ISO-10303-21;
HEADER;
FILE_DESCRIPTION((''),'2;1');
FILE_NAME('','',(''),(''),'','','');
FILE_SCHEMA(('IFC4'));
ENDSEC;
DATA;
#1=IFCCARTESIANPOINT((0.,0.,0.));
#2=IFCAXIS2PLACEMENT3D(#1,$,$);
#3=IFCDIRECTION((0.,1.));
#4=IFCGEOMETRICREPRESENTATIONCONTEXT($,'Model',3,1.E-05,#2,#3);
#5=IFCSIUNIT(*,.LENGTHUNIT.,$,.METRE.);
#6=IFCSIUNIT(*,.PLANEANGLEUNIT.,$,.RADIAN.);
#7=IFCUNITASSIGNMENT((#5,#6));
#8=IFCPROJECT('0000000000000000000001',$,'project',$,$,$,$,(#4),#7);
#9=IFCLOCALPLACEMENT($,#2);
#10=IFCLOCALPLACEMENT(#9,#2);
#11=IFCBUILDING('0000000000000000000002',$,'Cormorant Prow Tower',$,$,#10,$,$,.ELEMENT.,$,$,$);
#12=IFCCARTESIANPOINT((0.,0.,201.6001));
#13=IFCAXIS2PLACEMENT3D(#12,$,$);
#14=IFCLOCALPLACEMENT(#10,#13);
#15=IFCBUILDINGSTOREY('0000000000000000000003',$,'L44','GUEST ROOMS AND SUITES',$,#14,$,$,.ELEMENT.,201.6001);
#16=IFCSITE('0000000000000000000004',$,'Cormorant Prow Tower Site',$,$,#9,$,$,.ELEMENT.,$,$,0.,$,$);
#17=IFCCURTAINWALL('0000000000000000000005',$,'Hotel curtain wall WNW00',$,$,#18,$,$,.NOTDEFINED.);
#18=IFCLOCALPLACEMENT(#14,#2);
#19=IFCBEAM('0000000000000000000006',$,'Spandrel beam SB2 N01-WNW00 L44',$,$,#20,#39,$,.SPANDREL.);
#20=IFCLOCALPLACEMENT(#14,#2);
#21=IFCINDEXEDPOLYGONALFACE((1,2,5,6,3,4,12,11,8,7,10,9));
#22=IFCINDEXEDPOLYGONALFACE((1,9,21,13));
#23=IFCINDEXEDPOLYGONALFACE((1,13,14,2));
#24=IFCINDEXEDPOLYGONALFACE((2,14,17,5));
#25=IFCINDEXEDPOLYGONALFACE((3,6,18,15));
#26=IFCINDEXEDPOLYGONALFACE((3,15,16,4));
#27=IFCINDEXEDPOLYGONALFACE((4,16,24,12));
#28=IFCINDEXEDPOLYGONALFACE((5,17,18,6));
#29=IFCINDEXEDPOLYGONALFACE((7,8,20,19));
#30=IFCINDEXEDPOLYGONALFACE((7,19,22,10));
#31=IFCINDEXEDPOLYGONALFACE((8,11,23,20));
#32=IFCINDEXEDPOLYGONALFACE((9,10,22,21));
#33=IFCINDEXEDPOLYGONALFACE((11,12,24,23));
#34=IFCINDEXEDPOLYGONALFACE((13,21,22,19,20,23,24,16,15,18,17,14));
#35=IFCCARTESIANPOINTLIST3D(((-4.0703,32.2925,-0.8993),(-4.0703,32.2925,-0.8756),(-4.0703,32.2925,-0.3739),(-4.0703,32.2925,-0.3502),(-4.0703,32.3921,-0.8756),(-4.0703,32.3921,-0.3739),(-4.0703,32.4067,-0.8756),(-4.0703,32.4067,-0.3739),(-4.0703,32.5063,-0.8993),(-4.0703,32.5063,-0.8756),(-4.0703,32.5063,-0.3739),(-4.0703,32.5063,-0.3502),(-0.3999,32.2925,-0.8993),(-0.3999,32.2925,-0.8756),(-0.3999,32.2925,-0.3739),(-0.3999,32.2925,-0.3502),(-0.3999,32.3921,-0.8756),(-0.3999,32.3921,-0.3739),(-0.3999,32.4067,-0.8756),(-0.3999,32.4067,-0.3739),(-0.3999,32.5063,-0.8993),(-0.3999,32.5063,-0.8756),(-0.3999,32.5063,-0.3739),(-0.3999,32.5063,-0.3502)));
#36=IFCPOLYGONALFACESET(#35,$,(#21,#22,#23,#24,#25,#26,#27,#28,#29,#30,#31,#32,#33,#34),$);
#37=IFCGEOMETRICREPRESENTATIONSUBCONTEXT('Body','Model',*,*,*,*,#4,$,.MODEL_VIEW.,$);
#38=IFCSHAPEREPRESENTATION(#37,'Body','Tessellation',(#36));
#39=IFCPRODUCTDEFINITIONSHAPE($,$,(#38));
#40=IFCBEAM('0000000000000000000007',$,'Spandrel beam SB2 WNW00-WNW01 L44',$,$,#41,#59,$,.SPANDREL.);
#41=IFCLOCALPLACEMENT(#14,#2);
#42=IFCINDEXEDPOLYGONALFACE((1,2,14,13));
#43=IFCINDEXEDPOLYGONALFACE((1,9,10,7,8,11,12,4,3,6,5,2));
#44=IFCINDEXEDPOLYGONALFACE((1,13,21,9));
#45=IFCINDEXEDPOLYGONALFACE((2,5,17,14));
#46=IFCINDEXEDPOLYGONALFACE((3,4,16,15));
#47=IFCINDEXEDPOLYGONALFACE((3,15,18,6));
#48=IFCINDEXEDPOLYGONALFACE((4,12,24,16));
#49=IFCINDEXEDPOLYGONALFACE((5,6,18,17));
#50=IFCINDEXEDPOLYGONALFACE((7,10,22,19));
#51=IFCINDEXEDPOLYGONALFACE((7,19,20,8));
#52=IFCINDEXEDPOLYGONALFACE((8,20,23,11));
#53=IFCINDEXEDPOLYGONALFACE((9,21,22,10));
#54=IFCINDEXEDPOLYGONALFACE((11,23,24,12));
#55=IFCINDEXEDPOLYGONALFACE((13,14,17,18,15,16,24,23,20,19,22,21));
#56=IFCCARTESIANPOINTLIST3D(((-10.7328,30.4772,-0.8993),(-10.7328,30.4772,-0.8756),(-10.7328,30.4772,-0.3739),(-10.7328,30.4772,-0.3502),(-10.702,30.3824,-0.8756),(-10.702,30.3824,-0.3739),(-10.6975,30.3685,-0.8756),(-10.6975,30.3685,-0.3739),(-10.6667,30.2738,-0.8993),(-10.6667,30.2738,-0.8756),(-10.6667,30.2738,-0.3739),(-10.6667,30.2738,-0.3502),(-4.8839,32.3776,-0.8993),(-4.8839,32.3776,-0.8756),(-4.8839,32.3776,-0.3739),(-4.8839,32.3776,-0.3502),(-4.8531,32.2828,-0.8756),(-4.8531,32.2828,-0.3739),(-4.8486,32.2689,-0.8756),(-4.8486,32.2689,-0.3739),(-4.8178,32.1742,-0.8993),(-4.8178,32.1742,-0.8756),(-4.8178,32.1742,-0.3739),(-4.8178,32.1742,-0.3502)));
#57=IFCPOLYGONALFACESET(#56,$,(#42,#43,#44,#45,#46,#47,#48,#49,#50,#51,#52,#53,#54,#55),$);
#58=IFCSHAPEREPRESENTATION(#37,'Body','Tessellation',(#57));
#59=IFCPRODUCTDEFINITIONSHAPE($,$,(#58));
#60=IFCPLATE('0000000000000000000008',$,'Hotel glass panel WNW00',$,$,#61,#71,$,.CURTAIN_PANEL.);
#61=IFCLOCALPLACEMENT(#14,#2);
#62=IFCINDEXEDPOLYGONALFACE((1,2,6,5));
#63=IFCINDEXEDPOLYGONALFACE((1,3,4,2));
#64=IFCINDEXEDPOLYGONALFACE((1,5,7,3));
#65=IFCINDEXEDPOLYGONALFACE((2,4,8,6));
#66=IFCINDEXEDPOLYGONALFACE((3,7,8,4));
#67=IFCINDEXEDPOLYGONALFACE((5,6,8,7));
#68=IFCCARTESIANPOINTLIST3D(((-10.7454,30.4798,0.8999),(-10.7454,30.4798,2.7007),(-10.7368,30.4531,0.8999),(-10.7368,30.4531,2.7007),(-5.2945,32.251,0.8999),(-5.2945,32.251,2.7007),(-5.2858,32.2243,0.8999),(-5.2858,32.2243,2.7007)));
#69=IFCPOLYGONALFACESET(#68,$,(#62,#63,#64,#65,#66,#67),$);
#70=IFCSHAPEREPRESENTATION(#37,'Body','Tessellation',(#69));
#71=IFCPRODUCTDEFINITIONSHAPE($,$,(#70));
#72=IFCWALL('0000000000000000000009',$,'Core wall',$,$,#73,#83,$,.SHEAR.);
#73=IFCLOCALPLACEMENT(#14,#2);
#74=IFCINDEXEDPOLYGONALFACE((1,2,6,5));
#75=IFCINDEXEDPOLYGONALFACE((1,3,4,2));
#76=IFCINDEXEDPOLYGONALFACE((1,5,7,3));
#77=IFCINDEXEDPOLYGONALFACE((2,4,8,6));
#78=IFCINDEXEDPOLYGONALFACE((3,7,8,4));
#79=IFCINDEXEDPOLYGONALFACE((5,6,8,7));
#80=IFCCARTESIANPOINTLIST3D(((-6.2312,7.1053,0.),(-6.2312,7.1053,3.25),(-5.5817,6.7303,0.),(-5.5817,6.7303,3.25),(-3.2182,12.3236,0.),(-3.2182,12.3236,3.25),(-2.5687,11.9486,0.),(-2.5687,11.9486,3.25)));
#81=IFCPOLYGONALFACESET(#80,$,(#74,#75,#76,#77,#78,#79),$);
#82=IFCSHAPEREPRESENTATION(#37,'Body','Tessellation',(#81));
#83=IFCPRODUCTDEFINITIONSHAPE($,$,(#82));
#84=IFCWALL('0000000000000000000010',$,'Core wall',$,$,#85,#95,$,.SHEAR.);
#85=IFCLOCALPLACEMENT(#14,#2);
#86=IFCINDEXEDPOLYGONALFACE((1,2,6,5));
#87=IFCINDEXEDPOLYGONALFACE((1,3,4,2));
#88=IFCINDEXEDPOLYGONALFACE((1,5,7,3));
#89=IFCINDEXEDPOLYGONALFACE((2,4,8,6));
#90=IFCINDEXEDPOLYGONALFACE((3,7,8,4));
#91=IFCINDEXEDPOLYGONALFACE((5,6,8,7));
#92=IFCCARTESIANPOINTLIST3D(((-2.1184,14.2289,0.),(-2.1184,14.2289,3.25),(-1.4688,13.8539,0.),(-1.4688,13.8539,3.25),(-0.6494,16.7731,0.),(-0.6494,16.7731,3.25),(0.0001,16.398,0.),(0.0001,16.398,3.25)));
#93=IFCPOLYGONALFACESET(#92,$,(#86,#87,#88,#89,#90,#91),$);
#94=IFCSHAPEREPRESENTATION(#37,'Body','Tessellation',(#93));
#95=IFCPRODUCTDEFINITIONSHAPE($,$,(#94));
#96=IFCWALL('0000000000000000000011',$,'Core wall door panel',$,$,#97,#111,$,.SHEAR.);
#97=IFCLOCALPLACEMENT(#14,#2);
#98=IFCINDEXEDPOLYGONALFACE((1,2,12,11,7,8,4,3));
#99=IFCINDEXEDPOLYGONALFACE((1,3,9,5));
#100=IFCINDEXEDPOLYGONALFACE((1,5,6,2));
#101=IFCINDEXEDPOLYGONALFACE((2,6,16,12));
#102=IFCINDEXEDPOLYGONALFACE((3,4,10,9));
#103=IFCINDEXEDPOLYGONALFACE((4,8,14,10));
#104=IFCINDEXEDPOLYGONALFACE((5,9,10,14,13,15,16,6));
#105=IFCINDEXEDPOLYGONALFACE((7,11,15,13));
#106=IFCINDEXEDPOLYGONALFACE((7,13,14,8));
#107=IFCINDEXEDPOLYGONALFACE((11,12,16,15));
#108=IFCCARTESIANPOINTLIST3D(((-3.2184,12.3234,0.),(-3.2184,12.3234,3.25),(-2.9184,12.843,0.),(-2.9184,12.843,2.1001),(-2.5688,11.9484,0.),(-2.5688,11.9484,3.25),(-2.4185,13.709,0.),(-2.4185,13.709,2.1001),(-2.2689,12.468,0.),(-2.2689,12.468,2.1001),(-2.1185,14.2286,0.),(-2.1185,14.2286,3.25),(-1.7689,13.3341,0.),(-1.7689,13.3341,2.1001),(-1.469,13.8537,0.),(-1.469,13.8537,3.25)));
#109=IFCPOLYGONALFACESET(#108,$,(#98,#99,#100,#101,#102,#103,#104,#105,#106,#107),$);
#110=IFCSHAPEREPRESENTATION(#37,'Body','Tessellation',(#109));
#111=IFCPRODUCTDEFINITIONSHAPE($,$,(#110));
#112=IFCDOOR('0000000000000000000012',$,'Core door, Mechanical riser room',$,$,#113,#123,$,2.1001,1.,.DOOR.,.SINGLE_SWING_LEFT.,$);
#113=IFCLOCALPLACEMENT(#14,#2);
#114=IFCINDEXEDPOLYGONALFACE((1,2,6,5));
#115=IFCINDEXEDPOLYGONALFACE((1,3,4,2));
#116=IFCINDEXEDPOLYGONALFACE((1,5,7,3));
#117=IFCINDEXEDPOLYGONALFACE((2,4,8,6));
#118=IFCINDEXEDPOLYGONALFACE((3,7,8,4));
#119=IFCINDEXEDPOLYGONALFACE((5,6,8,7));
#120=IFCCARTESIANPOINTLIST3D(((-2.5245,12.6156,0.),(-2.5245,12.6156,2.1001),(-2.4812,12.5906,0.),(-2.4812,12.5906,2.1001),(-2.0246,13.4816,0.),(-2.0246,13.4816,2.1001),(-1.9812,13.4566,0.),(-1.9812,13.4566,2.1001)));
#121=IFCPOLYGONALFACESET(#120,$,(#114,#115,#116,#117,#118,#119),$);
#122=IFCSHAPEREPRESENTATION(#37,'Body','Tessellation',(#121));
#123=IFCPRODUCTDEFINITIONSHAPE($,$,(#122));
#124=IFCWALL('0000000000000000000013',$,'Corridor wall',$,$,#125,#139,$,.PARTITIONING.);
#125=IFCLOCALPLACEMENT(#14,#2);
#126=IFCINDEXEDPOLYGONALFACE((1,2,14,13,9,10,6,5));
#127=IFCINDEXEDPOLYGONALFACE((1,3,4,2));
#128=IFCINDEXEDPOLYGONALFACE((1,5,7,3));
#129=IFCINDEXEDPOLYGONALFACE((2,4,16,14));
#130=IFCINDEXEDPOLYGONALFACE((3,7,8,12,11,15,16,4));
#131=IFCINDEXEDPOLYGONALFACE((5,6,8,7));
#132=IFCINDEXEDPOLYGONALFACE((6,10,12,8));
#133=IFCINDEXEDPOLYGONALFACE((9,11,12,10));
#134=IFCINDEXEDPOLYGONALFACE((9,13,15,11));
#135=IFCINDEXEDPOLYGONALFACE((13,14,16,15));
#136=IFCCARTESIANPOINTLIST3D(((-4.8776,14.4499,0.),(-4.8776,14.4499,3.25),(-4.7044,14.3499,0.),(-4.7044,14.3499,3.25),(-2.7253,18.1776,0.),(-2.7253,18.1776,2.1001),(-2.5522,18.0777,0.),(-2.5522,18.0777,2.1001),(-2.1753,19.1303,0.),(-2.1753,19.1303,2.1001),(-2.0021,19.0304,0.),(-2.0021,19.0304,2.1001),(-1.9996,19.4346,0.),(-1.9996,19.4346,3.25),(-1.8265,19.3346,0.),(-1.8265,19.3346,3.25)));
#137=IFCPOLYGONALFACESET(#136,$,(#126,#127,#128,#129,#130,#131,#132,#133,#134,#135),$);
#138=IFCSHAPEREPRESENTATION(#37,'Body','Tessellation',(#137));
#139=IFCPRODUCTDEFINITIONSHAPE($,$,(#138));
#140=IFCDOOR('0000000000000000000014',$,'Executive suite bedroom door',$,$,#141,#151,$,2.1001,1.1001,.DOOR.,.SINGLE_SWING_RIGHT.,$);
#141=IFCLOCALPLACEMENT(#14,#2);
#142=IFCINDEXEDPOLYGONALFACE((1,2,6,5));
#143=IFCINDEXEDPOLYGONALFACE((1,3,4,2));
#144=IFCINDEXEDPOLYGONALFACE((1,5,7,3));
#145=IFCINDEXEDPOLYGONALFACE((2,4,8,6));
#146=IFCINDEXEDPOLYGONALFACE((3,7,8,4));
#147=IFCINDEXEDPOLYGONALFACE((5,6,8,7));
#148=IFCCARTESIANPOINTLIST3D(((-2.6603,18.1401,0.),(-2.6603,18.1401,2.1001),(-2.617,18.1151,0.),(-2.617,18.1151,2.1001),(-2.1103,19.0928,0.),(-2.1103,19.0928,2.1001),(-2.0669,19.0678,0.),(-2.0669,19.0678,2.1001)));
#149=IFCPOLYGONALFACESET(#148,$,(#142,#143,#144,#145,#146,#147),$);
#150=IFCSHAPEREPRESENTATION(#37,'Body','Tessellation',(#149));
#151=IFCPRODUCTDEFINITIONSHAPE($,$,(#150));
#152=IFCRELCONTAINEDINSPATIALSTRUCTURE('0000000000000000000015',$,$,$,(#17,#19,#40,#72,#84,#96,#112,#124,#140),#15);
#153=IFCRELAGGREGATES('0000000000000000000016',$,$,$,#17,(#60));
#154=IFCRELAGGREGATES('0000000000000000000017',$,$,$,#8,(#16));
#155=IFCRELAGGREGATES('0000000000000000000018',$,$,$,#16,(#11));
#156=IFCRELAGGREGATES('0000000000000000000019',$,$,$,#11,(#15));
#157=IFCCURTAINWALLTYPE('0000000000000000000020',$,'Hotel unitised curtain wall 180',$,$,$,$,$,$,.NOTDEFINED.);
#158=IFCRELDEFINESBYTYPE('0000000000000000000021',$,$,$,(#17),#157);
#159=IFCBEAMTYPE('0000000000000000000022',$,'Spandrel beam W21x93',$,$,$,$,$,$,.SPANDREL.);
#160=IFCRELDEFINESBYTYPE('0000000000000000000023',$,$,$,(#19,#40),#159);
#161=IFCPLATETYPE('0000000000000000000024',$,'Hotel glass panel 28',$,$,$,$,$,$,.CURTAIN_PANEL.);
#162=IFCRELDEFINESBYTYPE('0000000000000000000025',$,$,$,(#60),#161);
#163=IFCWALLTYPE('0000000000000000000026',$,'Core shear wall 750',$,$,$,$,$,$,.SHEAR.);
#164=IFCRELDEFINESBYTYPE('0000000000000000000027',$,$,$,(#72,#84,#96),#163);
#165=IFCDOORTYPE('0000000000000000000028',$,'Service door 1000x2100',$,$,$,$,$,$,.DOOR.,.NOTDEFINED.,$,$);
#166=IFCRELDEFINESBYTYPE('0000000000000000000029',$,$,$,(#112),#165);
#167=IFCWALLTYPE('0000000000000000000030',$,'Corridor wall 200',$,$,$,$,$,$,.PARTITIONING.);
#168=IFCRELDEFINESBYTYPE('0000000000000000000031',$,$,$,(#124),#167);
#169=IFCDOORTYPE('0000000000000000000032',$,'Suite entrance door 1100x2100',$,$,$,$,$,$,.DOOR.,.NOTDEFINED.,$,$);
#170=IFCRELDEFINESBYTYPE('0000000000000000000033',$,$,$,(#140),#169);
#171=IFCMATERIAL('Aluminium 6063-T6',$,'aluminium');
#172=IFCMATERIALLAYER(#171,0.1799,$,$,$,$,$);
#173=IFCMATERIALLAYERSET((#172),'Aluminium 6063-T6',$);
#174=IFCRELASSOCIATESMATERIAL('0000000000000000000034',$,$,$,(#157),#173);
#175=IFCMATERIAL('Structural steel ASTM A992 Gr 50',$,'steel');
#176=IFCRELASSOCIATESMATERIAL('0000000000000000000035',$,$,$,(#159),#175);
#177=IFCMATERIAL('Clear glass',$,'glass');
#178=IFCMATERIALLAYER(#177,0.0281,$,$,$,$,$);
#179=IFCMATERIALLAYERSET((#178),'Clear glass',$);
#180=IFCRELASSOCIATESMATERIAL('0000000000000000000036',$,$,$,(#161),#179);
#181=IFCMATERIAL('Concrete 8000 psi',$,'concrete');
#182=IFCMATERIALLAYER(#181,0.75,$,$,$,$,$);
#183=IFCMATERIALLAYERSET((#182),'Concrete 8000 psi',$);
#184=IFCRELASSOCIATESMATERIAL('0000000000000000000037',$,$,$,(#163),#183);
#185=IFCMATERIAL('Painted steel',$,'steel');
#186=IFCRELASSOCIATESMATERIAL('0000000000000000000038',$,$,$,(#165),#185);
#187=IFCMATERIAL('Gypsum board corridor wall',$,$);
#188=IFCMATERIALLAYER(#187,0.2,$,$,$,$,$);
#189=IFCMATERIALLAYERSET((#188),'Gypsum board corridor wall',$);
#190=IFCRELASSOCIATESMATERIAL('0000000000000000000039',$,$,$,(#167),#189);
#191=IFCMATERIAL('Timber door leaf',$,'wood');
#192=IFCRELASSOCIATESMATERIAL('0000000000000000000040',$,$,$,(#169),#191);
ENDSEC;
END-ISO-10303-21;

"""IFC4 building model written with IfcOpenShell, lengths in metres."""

from ifc_helpers import new_model, si_unit, direction, frame, frame_2d, origin, origin_2d, place, context, subcontext, project, spatial, rectangle, i_section, extrude, material, layer, layer_set, material_profile, profile_set, type_object, element, fill, aggregate, save


model = new_model("IFC4")

# Units and contexts
model_context = context("Model", 3, precision=1e-05, world=origin(), true_north=direction((0.0, 1.0)))
body_context = subcontext(model_context, "Body", "Model", "MODEL_VIEW")
ifc_project = project(units=[si_unit("LENGTHUNIT", "METRE"), si_unit("PLANEANGLEUNIT", "RADIAN")], contexts=[model_context])

# Site, building, storey
site_placement = place(None, origin())
site = spatial("IfcSite", under=ifc_project, at=site_placement, Name="Cormorant Prow Tower Site", CompositionType="ELEMENT", RefElevation=0.0)
building_placement = place(site_placement, origin())
building = spatial("IfcBuilding", under=site, at=building_placement, Name="Cormorant Prow Tower", CompositionType="ELEMENT")
storey_placement = place(building_placement, frame((0.0, 0.0, 201.6001)))
storey = spatial("IfcBuildingStorey", under=building, at=storey_placement, Name="L44", Description="GUEST ROOMS AND SUITES", CompositionType="ELEMENT", Elevation=201.6001)

# Curtain wall
ifc_material_1 = material(Name="Aluminium 6063-T6", Category="aluminium")
ifc_layer_1 = layer(ifc_material_1, 0.1799)
ifc_layer_set_1 = layer_set([ifc_layer_1], Name="Aluminium 6063-T6")
curtain_wall_type = type_object("IfcCurtainWallType", Name="Hotel unitised curtain wall 180", PredefinedType="NOTDEFINED", material=ifc_layer_set_1)
curtain_wall_placement = place(storey_placement, origin())
curtain_wall = element("IfcCurtainWall", 1, at=curtain_wall_placement, inside=storey, type_object=curtain_wall_type, Name="Hotel curtain wall WNW00", PredefinedType="NOTDEFINED")

# Beams
ifc_material_2 = material(Name="Structural steel ASTM A992 Gr 50", Category="steel")
ifc_material_profile_1 = material_profile(ifc_material_2, i_section(OverallWidth=0.2139, OverallDepth=0.5491, WebThickness=0.0146, FlangeThickness=0.0237, at=origin_2d()), Name="W21x93")
ifc_profile_set_1 = profile_set([ifc_material_profile_1], Name="Structural steel ASTM A992 Gr 50")
beam_type_1 = type_object("IfcBeamType", Name="Spandrel beam W21x93", PredefinedType="SPANDREL", material=ifc_profile_set_1)
beam_1_placement = place(storey_placement, frame((-0.3999, 32.3994, -0.6248), z_axis=(-1.0, 0.0, 0.0), x_axis=(0.0, -1.0, 0.0)))
element("IfcBeam", 2, at=beam_1_placement, inside=storey, type_object=beam_type_1, Name="Spandrel beam SB2 N01-WNW00 L44", PredefinedType="SPANDREL", context=body_context, shape_type="SweptSolid", body=[
    extrude(i_section(OverallWidth=0.2139, OverallDepth=0.5491, WebThickness=0.0146, FlangeThickness=0.0237, at=origin_2d()), origin(), (0.0, 0.0, 1.0), 3.6704),
])
beam_2_placement = place(storey_placement, frame((-4.8508, 32.2759, -0.6248), z_axis=(-0.951058, -0.309013, 0.0), x_axis=(0.309013, -0.951058, 0.0)))
element("IfcBeam", 3, at=beam_2_placement, inside=storey, type_object=beam_type_1, Name="Spandrel beam SB2 WNW00-WNW01 L44", PredefinedType="SPANDREL", context=body_context, shape_type="SweptSolid", body=[
    extrude(i_section(OverallWidth=0.2139, OverallDepth=0.5491, WebThickness=0.0146, FlangeThickness=0.0237, at=origin_2d()), origin(), (0.0, 0.0, 1.0), 6.1499),
])

# Plate
ifc_material_3 = material(Name="Clear glass", Category="glass")
ifc_layer_2 = layer(ifc_material_3, 0.0281)
ifc_layer_set_2 = layer_set([ifc_layer_2], Name="Clear glass")
plate_type = type_object("IfcPlateType", Name="Hotel glass panel 28", PredefinedType="CURTAIN_PANEL", material=ifc_layer_set_2)
plate_placement = place(storey_placement, frame((-8.0156, 31.3521, 0.8999), z_axis=(0.0, 0.0, 1.0), x_axis=(-0.951056, -0.309017, 0.0)))
plate = element("IfcPlate", 4, at=plate_placement, type_object=plate_type, Name="Hotel glass panel WNW00", PredefinedType="CURTAIN_PANEL", context=body_context, shape_type="SweptSolid", body=[
    extrude(rectangle(XDim=5.7314, YDim=0.0281, at=origin_2d()), origin(), (0.0, 0.0, 1.0), 1.8008),
])
aggregate(curtain_wall, [plate])

# Walls
ifc_material_4 = material(Name="Concrete 8000 psi", Category="concrete")
ifc_layer_3 = layer(ifc_material_4, 0.75)
ifc_layer_set_3 = layer_set([ifc_layer_3], Name="Concrete 8000 psi")
wall_type_1 = type_object("IfcWallType", Name="Core shear wall 750", PredefinedType="SHEAR", material=ifc_layer_set_3)
wall_1_placement = place(storey_placement, frame((-2.8936, 12.136, 0.0), z_axis=(0.0, 0.0, 1.0), x_axis=(-0.500022, -0.866013, 0.0)))
element("IfcWall", 5, at=wall_1_placement, inside=storey, type_object=wall_type_1, Name="Core wall", PredefinedType="SHEAR", context=body_context, shape_type="SweptSolid", body=[
    extrude(rectangle(XDim=6.0256, YDim=0.75, at=frame_2d((3.0127, 0.0))), origin(), (0.0, 0.0, 1.0), 3.25),
])
wall_2_placement = place(storey_placement, frame((-0.3247, 16.5854, 0.0), z_axis=(0.0, 0.0, 1.0), x_axis=(-0.500027, -0.86601, 0.0)))
element("IfcWall", 6, at=wall_2_placement, inside=storey, type_object=wall_type_1, Name="Core wall", PredefinedType="SHEAR", context=body_context, shape_type="SweptSolid", body=[
    extrude(rectangle(XDim=2.9377, YDim=0.75, at=frame_2d((1.4688, 0.0))), origin(), (0.0, 0.0, 1.0), 3.25),
])

# Walls, openings, doors
wall_3_placement = place(storey_placement, frame((-1.7937, 14.0413, 0.0), z_axis=(0.0, 0.0, 1.0), x_axis=(-0.499947, -0.866056, 0.0)))
wall_3 = element("IfcWall", 7, at=wall_3_placement, inside=storey, type_object=wall_type_1, Name="Core wall door panel", PredefinedType="SHEAR", context=body_context, shape_type="SweptSolid", body=[
    extrude(rectangle(XDim=2.2, YDim=0.75, at=frame_2d((1.1001, 0.0))), origin(), (0.0, 0.0, 1.0), 3.25),
])
opening_1_placement = place(wall_3_placement, frame((0.6001, 0.0, 0.0)))
opening_1 = element("IfcOpeningElement", 8, at=opening_1_placement, cuts=wall_3, PredefinedType="OPENING", context=body_context, shape_type="SweptSolid", body=[
    extrude(rectangle(XDim=1.0, YDim=2.1001, at=frame_2d((0.5, 1.05))), frame((0.0, 0.385, 0.0), z_axis=(0.0, -1.0, 0.0), x_axis=(1.0, 0.0, 0.0)), (0.0, 0.0, 1.0), 0.77),
])
ifc_material_5 = material(Name="Painted steel", Category="steel")
door_type_1 = type_object("IfcDoorType", Name="Service door 1000x2100", OperationType="NOTDEFINED", PredefinedType="DOOR", material=ifc_material_5)
door_1_placement = place(opening_1_placement, origin())
door_1 = element("IfcDoor", 9, at=door_1_placement, inside=storey, type_object=door_type_1, Name="Core door, Mechanical riser room", OperationType="SINGLE_SWING_LEFT", OverallHeight=2.1001, OverallWidth=1.0, PredefinedType="DOOR", context=body_context, shape_type="SweptSolid", body=[
    extrude(rectangle(XDim=1.0, YDim=2.1001, at=frame_2d((0.5, 1.05))), frame((0.0, 0.1299, 0.0), z_axis=(0.0, -1.0, 0.0), x_axis=(1.0, 0.0, 0.0)), (0.0, 0.0, 1.0), 0.05),
])
fill(opening_1, door_1)
ifc_material_6 = material(Name="Gypsum board corridor wall")
ifc_layer_4 = layer(ifc_material_6, 0.2)
ifc_layer_set_4 = layer_set([ifc_layer_4], Name="Gypsum board corridor wall")
wall_type_2 = type_object("IfcWallType", Name="Corridor wall 200", PredefinedType="PARTITIONING", material=ifc_layer_set_4)
wall_4_placement = place(storey_placement, frame((-4.791, 14.3999, 0.0), z_axis=(0.0, 0.0, 1.0), x_axis=(0.500008, 0.866021, 0.0)))
wall_4 = element("IfcWall", 10, at=wall_4_placement, inside=storey, type_object=wall_type_2, Name="Corridor wall", PredefinedType="PARTITIONING", context=body_context, shape_type="SweptSolid", body=[
    extrude(rectangle(XDim=5.7559, YDim=0.2, at=frame_2d((2.8779, 0.0))), origin(), (0.0, 0.0, 1.0), 3.25),
])
opening_2_placement = place(wall_4_placement, frame((4.3044, 0.0, 0.0)))
opening_2 = element("IfcOpeningElement", 11, at=opening_2_placement, cuts=wall_4, PredefinedType="OPENING", context=body_context, shape_type="SweptSolid", body=[
    extrude(rectangle(XDim=1.1001, YDim=2.1001, at=frame_2d((0.55, 1.05))), frame((0.0, 0.1099, 0.0), z_axis=(0.0, -1.0, 0.0), x_axis=(1.0, 0.0, 0.0)), (0.0, 0.0, 1.0), 0.22),
])
ifc_material_7 = material(Name="Timber door leaf", Category="wood")
door_type_2 = type_object("IfcDoorType", Name="Suite entrance door 1100x2100", OperationType="NOTDEFINED", PredefinedType="DOOR", material=ifc_material_7)
door_2_placement = place(opening_2_placement, origin())
door_2 = element("IfcDoor", 12, at=door_2_placement, inside=storey, type_object=door_type_2, Name="Executive suite bedroom door", OperationType="SINGLE_SWING_RIGHT", OverallHeight=2.1001, OverallWidth=1.1001, PredefinedType="DOOR", context=body_context, shape_type="SweptSolid", body=[
    extrude(rectangle(XDim=1.1001, YDim=2.1001, at=frame_2d((0.55, 1.05))), frame((0.0, 0.0249, 0.0), z_axis=(0.0, -1.0, 0.0), x_axis=(1.0, 0.0, 0.0)), (0.0, 0.0, 1.0), 0.05),
])
fill(opening_2, door_2)

save(model, "model.ifc")
